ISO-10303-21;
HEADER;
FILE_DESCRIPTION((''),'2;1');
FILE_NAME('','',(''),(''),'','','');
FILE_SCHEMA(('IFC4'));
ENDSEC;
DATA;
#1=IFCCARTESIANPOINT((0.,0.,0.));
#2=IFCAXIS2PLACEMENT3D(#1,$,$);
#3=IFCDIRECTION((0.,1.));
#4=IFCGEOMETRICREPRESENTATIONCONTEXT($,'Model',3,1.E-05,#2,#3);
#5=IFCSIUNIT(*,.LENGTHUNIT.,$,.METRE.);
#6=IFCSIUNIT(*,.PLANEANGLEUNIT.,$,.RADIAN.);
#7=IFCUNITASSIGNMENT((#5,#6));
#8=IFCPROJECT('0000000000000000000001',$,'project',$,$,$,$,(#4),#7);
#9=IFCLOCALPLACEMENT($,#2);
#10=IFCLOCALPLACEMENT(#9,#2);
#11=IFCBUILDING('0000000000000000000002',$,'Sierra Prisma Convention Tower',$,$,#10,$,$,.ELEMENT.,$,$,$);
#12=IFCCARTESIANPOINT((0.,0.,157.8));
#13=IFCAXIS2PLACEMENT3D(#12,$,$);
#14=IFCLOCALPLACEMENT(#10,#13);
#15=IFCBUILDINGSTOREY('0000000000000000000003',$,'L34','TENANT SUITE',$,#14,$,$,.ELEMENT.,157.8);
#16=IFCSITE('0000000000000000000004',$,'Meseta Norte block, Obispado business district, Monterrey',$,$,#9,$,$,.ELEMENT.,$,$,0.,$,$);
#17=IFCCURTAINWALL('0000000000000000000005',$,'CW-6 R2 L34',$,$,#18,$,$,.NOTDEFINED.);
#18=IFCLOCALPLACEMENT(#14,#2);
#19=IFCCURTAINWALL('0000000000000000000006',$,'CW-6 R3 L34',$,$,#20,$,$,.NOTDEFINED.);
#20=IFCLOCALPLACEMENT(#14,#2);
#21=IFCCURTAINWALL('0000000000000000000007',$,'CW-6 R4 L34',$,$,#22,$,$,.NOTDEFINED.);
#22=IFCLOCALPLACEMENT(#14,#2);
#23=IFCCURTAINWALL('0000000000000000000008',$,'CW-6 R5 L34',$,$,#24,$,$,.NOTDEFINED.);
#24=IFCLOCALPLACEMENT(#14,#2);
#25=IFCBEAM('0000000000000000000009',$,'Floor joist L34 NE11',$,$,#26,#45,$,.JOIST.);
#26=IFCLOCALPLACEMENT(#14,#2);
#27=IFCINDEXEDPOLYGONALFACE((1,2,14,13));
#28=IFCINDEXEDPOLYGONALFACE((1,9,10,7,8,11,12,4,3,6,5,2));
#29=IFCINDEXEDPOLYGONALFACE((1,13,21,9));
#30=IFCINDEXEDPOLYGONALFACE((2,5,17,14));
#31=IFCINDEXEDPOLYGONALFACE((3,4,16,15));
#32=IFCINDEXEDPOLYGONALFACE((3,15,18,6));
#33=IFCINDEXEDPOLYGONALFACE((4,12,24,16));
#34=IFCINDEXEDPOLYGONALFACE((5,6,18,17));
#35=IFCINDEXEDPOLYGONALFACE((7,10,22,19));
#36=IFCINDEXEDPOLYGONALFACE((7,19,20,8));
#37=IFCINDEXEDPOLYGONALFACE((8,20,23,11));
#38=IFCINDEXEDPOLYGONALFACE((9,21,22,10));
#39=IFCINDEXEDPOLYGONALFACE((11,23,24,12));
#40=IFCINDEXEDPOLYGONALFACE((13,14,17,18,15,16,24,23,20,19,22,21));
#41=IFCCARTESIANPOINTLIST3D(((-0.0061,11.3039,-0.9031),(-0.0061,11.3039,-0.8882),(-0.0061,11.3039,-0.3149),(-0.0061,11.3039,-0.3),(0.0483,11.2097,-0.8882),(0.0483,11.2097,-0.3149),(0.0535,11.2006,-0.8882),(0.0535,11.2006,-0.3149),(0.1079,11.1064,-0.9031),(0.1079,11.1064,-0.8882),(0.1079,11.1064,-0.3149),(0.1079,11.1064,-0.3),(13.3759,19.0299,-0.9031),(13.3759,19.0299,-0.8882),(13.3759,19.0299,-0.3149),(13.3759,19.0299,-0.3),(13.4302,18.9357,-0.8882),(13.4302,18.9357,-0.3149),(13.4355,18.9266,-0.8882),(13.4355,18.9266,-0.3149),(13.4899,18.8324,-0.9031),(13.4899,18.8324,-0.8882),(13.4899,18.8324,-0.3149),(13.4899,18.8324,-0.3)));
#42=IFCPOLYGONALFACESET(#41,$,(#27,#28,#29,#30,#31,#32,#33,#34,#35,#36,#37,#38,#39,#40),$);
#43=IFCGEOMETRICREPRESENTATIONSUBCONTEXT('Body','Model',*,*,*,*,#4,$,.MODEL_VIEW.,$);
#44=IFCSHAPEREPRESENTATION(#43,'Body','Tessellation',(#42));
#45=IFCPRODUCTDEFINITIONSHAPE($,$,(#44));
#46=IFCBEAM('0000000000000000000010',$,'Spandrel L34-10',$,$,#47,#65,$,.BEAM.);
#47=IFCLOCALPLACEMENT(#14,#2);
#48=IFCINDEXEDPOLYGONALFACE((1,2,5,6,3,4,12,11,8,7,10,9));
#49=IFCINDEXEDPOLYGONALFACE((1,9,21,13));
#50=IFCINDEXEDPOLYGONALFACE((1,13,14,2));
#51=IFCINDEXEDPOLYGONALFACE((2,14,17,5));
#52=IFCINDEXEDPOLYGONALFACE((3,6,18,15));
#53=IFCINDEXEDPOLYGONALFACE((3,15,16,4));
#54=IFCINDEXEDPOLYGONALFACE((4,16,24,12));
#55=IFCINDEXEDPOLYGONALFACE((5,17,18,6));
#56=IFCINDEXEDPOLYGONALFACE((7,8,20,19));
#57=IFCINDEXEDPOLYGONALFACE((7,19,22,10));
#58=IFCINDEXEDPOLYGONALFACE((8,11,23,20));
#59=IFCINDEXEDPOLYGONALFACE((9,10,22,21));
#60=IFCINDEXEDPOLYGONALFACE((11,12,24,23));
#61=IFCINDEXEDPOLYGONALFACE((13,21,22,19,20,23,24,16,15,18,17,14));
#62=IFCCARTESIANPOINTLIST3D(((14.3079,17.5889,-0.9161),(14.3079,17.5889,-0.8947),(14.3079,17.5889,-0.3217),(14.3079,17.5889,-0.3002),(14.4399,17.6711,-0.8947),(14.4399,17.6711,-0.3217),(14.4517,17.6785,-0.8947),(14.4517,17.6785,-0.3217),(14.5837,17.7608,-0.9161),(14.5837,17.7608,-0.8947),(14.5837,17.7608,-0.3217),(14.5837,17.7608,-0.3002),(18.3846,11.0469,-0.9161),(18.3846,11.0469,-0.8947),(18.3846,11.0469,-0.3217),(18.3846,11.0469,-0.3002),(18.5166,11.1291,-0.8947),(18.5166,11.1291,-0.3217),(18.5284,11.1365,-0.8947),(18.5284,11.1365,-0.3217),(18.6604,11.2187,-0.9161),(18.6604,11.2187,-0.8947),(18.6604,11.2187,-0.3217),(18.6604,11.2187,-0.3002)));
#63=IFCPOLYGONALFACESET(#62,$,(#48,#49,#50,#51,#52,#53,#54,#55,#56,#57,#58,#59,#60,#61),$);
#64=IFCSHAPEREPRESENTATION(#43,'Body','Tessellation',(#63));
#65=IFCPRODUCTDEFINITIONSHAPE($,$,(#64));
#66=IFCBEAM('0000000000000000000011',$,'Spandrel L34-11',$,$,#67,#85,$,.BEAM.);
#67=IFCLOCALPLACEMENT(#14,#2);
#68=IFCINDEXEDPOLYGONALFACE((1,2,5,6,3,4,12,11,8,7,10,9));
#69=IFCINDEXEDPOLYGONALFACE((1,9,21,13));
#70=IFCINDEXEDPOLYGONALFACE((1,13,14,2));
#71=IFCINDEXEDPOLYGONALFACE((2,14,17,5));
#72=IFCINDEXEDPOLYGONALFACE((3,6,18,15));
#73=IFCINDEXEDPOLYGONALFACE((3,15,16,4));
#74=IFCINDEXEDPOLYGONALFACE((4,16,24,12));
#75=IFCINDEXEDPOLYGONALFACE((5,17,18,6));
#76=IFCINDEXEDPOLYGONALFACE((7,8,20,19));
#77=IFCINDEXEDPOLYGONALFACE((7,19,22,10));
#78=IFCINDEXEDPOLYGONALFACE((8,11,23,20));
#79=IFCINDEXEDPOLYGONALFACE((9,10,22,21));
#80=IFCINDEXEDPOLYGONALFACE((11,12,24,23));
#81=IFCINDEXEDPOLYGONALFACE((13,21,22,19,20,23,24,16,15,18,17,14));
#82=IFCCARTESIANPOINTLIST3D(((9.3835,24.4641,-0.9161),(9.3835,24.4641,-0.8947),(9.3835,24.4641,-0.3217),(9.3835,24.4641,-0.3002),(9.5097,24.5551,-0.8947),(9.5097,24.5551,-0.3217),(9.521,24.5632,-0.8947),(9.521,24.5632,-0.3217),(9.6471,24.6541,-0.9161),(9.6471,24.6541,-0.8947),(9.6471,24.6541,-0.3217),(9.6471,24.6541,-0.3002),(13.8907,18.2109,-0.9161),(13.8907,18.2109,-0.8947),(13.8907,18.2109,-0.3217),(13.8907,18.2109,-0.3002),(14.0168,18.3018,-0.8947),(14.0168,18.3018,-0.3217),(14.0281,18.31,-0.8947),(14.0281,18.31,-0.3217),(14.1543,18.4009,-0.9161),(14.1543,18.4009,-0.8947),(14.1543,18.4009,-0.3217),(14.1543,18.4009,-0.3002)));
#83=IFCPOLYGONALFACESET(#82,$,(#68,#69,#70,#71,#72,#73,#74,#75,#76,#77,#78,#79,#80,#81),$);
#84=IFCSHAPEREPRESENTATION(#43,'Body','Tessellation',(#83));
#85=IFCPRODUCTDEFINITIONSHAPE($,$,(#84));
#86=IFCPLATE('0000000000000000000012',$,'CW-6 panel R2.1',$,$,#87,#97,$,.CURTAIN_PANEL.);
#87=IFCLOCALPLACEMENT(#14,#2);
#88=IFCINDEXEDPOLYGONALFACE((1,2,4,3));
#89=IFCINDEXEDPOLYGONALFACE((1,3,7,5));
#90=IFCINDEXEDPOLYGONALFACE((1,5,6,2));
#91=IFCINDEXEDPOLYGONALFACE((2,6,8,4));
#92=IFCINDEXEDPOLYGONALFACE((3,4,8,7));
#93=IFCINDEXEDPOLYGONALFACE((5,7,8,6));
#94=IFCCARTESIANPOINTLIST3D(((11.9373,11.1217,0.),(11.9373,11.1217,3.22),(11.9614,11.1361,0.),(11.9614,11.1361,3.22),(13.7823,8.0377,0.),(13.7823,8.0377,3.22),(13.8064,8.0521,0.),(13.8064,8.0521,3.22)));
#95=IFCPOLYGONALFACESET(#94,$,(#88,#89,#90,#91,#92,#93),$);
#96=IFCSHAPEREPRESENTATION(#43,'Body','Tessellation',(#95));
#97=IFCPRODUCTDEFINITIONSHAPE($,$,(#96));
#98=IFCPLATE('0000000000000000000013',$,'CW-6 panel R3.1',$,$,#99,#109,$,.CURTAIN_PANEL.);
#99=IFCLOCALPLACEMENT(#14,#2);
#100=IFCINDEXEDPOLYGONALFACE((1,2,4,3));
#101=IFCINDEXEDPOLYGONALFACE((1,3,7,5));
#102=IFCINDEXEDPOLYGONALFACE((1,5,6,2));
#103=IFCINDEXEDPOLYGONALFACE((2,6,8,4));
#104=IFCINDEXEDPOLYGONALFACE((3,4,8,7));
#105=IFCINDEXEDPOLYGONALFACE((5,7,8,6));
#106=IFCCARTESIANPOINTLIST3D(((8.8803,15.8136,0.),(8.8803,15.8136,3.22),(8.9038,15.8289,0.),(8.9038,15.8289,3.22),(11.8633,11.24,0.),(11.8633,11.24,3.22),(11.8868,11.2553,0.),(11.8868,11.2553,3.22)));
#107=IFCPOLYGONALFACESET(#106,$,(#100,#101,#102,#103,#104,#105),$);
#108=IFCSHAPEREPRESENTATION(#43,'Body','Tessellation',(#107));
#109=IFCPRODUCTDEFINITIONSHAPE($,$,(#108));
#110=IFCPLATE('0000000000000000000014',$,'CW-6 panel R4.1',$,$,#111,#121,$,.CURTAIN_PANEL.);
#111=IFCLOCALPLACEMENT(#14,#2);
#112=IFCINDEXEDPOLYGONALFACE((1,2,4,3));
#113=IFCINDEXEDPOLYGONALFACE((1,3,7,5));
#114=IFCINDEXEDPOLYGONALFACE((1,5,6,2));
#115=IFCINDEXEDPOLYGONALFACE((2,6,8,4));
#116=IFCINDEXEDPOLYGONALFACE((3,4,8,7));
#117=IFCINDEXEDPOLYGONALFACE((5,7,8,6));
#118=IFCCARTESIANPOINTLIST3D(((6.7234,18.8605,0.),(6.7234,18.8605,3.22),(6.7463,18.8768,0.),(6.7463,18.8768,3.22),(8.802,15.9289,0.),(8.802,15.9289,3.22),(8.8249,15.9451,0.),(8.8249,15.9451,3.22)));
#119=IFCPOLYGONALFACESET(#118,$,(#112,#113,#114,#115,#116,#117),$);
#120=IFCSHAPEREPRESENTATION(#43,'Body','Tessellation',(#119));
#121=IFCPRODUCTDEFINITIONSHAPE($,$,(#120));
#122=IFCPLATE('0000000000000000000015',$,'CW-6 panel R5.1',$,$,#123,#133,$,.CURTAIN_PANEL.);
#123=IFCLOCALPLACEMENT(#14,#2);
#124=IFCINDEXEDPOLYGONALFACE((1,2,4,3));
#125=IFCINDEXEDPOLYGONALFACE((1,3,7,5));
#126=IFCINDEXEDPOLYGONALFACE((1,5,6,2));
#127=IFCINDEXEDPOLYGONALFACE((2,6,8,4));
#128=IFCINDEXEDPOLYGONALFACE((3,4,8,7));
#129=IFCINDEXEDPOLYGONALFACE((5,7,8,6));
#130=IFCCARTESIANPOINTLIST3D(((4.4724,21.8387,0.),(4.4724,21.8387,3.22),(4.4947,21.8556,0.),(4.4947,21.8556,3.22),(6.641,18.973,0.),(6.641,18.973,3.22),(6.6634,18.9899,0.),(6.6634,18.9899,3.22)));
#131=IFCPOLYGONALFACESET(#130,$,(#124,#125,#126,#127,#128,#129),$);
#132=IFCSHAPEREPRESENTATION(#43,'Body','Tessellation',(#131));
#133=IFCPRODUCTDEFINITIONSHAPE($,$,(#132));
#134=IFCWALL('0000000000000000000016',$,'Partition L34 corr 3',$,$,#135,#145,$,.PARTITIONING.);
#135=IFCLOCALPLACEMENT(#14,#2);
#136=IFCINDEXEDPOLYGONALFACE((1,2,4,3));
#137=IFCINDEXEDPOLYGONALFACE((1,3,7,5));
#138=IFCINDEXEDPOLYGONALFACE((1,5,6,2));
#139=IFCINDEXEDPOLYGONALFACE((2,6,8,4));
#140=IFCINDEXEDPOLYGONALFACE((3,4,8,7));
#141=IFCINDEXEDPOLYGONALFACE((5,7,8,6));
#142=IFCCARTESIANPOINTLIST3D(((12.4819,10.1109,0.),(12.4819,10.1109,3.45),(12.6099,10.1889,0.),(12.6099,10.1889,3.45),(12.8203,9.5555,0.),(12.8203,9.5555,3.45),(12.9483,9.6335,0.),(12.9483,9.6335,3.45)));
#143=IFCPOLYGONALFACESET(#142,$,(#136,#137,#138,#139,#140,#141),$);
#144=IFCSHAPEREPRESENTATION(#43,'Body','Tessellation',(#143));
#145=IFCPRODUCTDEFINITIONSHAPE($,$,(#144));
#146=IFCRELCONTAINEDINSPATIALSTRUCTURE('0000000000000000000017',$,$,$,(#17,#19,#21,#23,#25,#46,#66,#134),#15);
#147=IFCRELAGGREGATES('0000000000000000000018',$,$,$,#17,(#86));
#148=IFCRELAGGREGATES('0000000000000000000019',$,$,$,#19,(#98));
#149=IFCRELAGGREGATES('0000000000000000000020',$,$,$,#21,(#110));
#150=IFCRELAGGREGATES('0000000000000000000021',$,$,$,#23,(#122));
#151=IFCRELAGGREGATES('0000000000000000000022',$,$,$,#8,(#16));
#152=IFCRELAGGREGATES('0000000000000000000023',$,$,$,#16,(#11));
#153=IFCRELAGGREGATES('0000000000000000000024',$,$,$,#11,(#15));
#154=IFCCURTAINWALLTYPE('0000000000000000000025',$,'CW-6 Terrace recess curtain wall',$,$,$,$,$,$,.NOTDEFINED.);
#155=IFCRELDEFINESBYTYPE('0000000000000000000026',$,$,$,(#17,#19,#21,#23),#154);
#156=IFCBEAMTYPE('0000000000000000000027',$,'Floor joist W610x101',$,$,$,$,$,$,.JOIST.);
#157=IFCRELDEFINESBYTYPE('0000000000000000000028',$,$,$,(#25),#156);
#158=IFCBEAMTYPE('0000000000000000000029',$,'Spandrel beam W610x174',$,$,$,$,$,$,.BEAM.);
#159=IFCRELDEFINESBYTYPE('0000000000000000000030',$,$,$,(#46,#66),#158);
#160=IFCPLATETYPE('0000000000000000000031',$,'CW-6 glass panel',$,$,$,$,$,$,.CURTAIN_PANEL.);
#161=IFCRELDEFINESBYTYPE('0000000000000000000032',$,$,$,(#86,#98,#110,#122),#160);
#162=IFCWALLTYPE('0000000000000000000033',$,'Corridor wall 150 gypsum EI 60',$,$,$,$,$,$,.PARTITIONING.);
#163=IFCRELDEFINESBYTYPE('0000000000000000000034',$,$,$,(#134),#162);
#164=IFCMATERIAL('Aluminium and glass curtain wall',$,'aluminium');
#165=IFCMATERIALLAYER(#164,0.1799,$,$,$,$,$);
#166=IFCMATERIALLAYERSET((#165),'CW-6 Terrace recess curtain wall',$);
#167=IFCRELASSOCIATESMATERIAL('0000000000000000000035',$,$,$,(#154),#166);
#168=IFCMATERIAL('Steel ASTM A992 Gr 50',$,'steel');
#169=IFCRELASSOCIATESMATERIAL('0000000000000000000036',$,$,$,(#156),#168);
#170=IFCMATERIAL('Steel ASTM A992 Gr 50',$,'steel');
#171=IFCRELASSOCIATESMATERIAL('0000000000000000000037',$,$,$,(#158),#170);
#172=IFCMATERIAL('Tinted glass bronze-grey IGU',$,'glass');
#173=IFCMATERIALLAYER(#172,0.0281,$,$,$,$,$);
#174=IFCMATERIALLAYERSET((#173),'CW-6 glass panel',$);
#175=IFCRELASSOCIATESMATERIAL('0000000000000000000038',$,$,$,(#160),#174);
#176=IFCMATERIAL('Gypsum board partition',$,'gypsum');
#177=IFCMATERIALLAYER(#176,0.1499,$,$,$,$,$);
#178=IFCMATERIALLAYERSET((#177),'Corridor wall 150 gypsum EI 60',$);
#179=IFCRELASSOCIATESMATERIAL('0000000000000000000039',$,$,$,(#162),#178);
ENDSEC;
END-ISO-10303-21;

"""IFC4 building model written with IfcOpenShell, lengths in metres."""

from ifc_helpers import new_model, si_unit, direction, frame, frame_2d, origin, origin_2d, place, context, subcontext, project, spatial, rectangle, i_section, extrude, material, layer, layer_set, material_profile, profile_set, type_object, element, aggregate, save


model = new_model("IFC4")

# Units and contexts
model_context = context("Model", 3, precision=1e-05, world=origin(), true_north=direction((0.0, 1.0)))
body_context = subcontext(model_context, "Body", "Model", "MODEL_VIEW")
ifc_project = project(units=[si_unit("LENGTHUNIT", "METRE"), si_unit("PLANEANGLEUNIT", "RADIAN")], contexts=[model_context])

# Site, building, storey
site_placement = place(None, origin())
site = spatial("IfcSite", under=ifc_project, at=site_placement, Name="Meseta Norte block, Obispado business district, Monterrey", CompositionType="ELEMENT", RefElevation=0.0)
building_placement = place(site_placement, origin())
building = spatial("IfcBuilding", under=site, at=building_placement, Name="Sierra Prisma Convention Tower", CompositionType="ELEMENT")
storey_placement = place(building_placement, frame((0.0, 0.0, 157.8)))
storey = spatial("IfcBuildingStorey", under=building, at=storey_placement, Name="L34", Description="TENANT SUITE", CompositionType="ELEMENT", Elevation=157.8)

# Curtain walls
ifc_material_1 = material(Name="Aluminium and glass curtain wall", Category="aluminium")
ifc_layer_1 = layer(ifc_material_1, 0.1799)
ifc_layer_set_1 = layer_set([ifc_layer_1], Name="CW-6 Terrace recess curtain wall")
curtain_wall_type = type_object("IfcCurtainWallType", Name="CW-6 Terrace recess curtain wall", PredefinedType="NOTDEFINED", material=ifc_layer_set_1)
curtain_wall_1_placement = place(storey_placement, origin())
curtain_wall_1 = element("IfcCurtainWall", 1, at=curtain_wall_1_placement, inside=storey, type_object=curtain_wall_type, Name="CW-6 R2 L34", PredefinedType="NOTDEFINED")
curtain_wall_2_placement = place(storey_placement, origin())
curtain_wall_2 = element("IfcCurtainWall", 2, at=curtain_wall_2_placement, inside=storey, type_object=curtain_wall_type, Name="CW-6 R3 L34", PredefinedType="NOTDEFINED")
curtain_wall_3_placement = place(storey_placement, origin())
curtain_wall_3 = element("IfcCurtainWall", 3, at=curtain_wall_3_placement, inside=storey, type_object=curtain_wall_type, Name="CW-6 R4 L34", PredefinedType="NOTDEFINED")
curtain_wall_4_placement = place(storey_placement, origin())
curtain_wall_4 = element("IfcCurtainWall", 4, at=curtain_wall_4_placement, inside=storey, type_object=curtain_wall_type, Name="CW-6 R5 L34", PredefinedType="NOTDEFINED")

# Beams
ifc_material_2 = material(Name="Steel ASTM A992 Gr 50", Category="steel")
ifc_material_profile_1 = material_profile(ifc_material_2, i_section(OverallWidth=0.228, OverallDepth=0.603, WebThickness=0.0105, FlangeThickness=0.0149, at=origin_2d()), Name="W610x101")
ifc_profile_set_1 = profile_set([ifc_material_profile_1], Name="Steel ASTM A992 Gr 50")
beam_type_1 = type_object("IfcBeamType", Name="Floor joist W610x101", PredefinedType="JOIST", material=ifc_profile_set_1)
beam_1_placement = place(storey_placement, frame((13.4329, 18.9312, -0.6016), z_axis=(-0.866027, -0.499996, 0.0), x_axis=(0.499996, -0.866027, 0.0)))
element("IfcBeam", 5, at=beam_1_placement, inside=storey, type_object=beam_type_1, Name="Floor joist L34 NE11", PredefinedType="JOIST", context=body_context, shape_type="SweptSolid", body=[
    extrude(i_section(OverallWidth=0.228, OverallDepth=0.603, WebThickness=0.0105, FlangeThickness=0.0149, at=origin_2d()), origin(), (0.0, 0.0, 1.0), 15.4521),
])
ifc_material_3 = material(Name="Steel ASTM A992 Gr 50", Category="steel")
ifc_material_profile_2 = material_profile(ifc_material_3, i_section(OverallWidth=0.325, OverallDepth=0.616, WebThickness=0.0139, FlangeThickness=0.0215, at=origin_2d()), Name="W610x174")
ifc_profile_set_2 = profile_set([ifc_material_profile_2], Name="Steel ASTM A992 Gr 50")
beam_type_2 = type_object("IfcBeamType", Name="Spandrel beam W610x174", PredefinedType="BEAM", material=ifc_profile_set_2)
for number, where, z_axis, x_axis, name in (
    (6, (18.5225, 11.1328, -0.6082), (-0.528871, 0.848702, 0.0), (-0.848702, -0.528871, 0.0), "Spandrel L34-10"),
    (7, (14.0225, 18.3059, -0.6082), (-0.584714, 0.811239, 0.0), (-0.811239, -0.584714, 0.0), "Spandrel L34-11"),
):
    element("IfcBeam", number, at=place(storey_placement, frame(where, z_axis=z_axis, x_axis=x_axis)), inside=storey, type_object=beam_type_2, Name=name, PredefinedType="BEAM", context=body_context, shape_type="SweptSolid", body=[
        extrude(i_section(OverallWidth=0.325, OverallDepth=0.616, WebThickness=0.0139, FlangeThickness=0.0215, at=origin_2d()), origin(), (0.0, 0.0, 1.0), 7.7083),
    ])

# Plates
ifc_material_4 = material(Name="Tinted glass bronze-grey IGU", Category="glass")
ifc_layer_2 = layer(ifc_material_4, 0.0281)
ifc_layer_set_2 = layer_set([ifc_layer_2], Name="CW-6 glass panel")
plate_type = type_object("IfcPlateType", Name="CW-6 glass panel", PredefinedType="CURTAIN_PANEL", material=ifc_layer_set_2)
plate_1_placement = place(storey_placement, frame((12.8718, 9.5869, 0.0), z_axis=(0.0, 0.0, 1.0), x_axis=(-0.513386, 0.858158, 0.0)))
plate_1 = element("IfcPlate", 8, at=plate_1_placement, type_object=plate_type, Name="CW-6 panel R2.1", PredefinedType="CURTAIN_PANEL", context=body_context, shape_type="SweptSolid", body=[
    extrude(rectangle(XDim=3.5938, YDim=0.0281, at=origin_2d()), origin(), (0.0, 0.0, 1.0), 3.22),
])
aggregate(curtain_wall_1, [plate_1])
plate_2_placement = place(storey_placement, frame((10.3835, 13.5344, 0.0), z_axis=(0.0, 0.0, 1.0), x_axis=(-0.546303, 0.837588, 0.0)))
plate_2 = element("IfcPlate", 9, at=plate_2_placement, type_object=plate_type, Name="CW-6 panel R3.1", PredefinedType="CURTAIN_PANEL", context=body_context, shape_type="SweptSolid", body=[
    extrude(rectangle(XDim=5.4604, YDim=0.0281, at=origin_2d()), origin(), (0.0, 0.0, 1.0), 3.22),
])
aggregate(curtain_wall_2, [plate_2])
plate_3_placement = place(storey_placement, frame((7.7742, 17.4028, 0.0), z_axis=(0.0, 0.0, 1.0), x_axis=(-0.578396, 0.815756, 0.0)))
plate_3 = element("IfcPlate", 10, at=plate_3_placement, type_object=plate_type, Name="CW-6 panel R4.1", PredefinedType="CURTAIN_PANEL", context=body_context, shape_type="SweptSolid", body=[
    extrude(rectangle(XDim=3.5938, YDim=0.0281, at=origin_2d()), origin(), (0.0, 0.0, 1.0), 3.22),
])
aggregate(curtain_wall_3, [plate_3])
plate_4_placement = place(storey_placement, frame((5.5679, 20.4143, 0.0), z_axis=(0.0, 0.0, 1.0), x_axis=(-0.603446, 0.797404, 0.0)))
plate_4 = element("IfcPlate", 11, at=plate_4_placement, type_object=plate_type, Name="CW-6 panel R5.1", PredefinedType="CURTAIN_PANEL", context=body_context, shape_type="SweptSolid", body=[
    extrude(rectangle(XDim=3.5938, YDim=0.0281, at=origin_2d()), origin(), (0.0, 0.0, 1.0), 3.22),
])
aggregate(curtain_wall_4, [plate_4])

# Wall
ifc_material_5 = material(Name="Gypsum board partition", Category="gypsum")
ifc_layer_3 = layer(ifc_material_5, 0.1499)
ifc_layer_set_3 = layer_set([ifc_layer_3], Name="Corridor wall 150 gypsum EI 60")
wall_type_1 = type_object("IfcWallType", Name="Corridor wall 150 gypsum EI 60", PredefinedType="PARTITIONING", material=ifc_layer_set_3)
wall_1_placement = place(storey_placement, frame((12.8843, 9.5945, 0.0), z_axis=(0.0, 0.0, 1.0), x_axis=(-0.52028, 0.853996, 0.0)))
element("IfcWall", 12, at=wall_1_placement, inside=storey, type_object=wall_type_1, Name="Partition L34 corr 3", PredefinedType="PARTITIONING", context=body_context, shape_type="SweptSolid", body=[
    extrude(rectangle(XDim=0.6504, YDim=0.1499, at=frame_2d((0.3252, 0.0))), origin(), (0.0, 0.0, 1.0), 3.45),
])

save(model, "model.ifc")
